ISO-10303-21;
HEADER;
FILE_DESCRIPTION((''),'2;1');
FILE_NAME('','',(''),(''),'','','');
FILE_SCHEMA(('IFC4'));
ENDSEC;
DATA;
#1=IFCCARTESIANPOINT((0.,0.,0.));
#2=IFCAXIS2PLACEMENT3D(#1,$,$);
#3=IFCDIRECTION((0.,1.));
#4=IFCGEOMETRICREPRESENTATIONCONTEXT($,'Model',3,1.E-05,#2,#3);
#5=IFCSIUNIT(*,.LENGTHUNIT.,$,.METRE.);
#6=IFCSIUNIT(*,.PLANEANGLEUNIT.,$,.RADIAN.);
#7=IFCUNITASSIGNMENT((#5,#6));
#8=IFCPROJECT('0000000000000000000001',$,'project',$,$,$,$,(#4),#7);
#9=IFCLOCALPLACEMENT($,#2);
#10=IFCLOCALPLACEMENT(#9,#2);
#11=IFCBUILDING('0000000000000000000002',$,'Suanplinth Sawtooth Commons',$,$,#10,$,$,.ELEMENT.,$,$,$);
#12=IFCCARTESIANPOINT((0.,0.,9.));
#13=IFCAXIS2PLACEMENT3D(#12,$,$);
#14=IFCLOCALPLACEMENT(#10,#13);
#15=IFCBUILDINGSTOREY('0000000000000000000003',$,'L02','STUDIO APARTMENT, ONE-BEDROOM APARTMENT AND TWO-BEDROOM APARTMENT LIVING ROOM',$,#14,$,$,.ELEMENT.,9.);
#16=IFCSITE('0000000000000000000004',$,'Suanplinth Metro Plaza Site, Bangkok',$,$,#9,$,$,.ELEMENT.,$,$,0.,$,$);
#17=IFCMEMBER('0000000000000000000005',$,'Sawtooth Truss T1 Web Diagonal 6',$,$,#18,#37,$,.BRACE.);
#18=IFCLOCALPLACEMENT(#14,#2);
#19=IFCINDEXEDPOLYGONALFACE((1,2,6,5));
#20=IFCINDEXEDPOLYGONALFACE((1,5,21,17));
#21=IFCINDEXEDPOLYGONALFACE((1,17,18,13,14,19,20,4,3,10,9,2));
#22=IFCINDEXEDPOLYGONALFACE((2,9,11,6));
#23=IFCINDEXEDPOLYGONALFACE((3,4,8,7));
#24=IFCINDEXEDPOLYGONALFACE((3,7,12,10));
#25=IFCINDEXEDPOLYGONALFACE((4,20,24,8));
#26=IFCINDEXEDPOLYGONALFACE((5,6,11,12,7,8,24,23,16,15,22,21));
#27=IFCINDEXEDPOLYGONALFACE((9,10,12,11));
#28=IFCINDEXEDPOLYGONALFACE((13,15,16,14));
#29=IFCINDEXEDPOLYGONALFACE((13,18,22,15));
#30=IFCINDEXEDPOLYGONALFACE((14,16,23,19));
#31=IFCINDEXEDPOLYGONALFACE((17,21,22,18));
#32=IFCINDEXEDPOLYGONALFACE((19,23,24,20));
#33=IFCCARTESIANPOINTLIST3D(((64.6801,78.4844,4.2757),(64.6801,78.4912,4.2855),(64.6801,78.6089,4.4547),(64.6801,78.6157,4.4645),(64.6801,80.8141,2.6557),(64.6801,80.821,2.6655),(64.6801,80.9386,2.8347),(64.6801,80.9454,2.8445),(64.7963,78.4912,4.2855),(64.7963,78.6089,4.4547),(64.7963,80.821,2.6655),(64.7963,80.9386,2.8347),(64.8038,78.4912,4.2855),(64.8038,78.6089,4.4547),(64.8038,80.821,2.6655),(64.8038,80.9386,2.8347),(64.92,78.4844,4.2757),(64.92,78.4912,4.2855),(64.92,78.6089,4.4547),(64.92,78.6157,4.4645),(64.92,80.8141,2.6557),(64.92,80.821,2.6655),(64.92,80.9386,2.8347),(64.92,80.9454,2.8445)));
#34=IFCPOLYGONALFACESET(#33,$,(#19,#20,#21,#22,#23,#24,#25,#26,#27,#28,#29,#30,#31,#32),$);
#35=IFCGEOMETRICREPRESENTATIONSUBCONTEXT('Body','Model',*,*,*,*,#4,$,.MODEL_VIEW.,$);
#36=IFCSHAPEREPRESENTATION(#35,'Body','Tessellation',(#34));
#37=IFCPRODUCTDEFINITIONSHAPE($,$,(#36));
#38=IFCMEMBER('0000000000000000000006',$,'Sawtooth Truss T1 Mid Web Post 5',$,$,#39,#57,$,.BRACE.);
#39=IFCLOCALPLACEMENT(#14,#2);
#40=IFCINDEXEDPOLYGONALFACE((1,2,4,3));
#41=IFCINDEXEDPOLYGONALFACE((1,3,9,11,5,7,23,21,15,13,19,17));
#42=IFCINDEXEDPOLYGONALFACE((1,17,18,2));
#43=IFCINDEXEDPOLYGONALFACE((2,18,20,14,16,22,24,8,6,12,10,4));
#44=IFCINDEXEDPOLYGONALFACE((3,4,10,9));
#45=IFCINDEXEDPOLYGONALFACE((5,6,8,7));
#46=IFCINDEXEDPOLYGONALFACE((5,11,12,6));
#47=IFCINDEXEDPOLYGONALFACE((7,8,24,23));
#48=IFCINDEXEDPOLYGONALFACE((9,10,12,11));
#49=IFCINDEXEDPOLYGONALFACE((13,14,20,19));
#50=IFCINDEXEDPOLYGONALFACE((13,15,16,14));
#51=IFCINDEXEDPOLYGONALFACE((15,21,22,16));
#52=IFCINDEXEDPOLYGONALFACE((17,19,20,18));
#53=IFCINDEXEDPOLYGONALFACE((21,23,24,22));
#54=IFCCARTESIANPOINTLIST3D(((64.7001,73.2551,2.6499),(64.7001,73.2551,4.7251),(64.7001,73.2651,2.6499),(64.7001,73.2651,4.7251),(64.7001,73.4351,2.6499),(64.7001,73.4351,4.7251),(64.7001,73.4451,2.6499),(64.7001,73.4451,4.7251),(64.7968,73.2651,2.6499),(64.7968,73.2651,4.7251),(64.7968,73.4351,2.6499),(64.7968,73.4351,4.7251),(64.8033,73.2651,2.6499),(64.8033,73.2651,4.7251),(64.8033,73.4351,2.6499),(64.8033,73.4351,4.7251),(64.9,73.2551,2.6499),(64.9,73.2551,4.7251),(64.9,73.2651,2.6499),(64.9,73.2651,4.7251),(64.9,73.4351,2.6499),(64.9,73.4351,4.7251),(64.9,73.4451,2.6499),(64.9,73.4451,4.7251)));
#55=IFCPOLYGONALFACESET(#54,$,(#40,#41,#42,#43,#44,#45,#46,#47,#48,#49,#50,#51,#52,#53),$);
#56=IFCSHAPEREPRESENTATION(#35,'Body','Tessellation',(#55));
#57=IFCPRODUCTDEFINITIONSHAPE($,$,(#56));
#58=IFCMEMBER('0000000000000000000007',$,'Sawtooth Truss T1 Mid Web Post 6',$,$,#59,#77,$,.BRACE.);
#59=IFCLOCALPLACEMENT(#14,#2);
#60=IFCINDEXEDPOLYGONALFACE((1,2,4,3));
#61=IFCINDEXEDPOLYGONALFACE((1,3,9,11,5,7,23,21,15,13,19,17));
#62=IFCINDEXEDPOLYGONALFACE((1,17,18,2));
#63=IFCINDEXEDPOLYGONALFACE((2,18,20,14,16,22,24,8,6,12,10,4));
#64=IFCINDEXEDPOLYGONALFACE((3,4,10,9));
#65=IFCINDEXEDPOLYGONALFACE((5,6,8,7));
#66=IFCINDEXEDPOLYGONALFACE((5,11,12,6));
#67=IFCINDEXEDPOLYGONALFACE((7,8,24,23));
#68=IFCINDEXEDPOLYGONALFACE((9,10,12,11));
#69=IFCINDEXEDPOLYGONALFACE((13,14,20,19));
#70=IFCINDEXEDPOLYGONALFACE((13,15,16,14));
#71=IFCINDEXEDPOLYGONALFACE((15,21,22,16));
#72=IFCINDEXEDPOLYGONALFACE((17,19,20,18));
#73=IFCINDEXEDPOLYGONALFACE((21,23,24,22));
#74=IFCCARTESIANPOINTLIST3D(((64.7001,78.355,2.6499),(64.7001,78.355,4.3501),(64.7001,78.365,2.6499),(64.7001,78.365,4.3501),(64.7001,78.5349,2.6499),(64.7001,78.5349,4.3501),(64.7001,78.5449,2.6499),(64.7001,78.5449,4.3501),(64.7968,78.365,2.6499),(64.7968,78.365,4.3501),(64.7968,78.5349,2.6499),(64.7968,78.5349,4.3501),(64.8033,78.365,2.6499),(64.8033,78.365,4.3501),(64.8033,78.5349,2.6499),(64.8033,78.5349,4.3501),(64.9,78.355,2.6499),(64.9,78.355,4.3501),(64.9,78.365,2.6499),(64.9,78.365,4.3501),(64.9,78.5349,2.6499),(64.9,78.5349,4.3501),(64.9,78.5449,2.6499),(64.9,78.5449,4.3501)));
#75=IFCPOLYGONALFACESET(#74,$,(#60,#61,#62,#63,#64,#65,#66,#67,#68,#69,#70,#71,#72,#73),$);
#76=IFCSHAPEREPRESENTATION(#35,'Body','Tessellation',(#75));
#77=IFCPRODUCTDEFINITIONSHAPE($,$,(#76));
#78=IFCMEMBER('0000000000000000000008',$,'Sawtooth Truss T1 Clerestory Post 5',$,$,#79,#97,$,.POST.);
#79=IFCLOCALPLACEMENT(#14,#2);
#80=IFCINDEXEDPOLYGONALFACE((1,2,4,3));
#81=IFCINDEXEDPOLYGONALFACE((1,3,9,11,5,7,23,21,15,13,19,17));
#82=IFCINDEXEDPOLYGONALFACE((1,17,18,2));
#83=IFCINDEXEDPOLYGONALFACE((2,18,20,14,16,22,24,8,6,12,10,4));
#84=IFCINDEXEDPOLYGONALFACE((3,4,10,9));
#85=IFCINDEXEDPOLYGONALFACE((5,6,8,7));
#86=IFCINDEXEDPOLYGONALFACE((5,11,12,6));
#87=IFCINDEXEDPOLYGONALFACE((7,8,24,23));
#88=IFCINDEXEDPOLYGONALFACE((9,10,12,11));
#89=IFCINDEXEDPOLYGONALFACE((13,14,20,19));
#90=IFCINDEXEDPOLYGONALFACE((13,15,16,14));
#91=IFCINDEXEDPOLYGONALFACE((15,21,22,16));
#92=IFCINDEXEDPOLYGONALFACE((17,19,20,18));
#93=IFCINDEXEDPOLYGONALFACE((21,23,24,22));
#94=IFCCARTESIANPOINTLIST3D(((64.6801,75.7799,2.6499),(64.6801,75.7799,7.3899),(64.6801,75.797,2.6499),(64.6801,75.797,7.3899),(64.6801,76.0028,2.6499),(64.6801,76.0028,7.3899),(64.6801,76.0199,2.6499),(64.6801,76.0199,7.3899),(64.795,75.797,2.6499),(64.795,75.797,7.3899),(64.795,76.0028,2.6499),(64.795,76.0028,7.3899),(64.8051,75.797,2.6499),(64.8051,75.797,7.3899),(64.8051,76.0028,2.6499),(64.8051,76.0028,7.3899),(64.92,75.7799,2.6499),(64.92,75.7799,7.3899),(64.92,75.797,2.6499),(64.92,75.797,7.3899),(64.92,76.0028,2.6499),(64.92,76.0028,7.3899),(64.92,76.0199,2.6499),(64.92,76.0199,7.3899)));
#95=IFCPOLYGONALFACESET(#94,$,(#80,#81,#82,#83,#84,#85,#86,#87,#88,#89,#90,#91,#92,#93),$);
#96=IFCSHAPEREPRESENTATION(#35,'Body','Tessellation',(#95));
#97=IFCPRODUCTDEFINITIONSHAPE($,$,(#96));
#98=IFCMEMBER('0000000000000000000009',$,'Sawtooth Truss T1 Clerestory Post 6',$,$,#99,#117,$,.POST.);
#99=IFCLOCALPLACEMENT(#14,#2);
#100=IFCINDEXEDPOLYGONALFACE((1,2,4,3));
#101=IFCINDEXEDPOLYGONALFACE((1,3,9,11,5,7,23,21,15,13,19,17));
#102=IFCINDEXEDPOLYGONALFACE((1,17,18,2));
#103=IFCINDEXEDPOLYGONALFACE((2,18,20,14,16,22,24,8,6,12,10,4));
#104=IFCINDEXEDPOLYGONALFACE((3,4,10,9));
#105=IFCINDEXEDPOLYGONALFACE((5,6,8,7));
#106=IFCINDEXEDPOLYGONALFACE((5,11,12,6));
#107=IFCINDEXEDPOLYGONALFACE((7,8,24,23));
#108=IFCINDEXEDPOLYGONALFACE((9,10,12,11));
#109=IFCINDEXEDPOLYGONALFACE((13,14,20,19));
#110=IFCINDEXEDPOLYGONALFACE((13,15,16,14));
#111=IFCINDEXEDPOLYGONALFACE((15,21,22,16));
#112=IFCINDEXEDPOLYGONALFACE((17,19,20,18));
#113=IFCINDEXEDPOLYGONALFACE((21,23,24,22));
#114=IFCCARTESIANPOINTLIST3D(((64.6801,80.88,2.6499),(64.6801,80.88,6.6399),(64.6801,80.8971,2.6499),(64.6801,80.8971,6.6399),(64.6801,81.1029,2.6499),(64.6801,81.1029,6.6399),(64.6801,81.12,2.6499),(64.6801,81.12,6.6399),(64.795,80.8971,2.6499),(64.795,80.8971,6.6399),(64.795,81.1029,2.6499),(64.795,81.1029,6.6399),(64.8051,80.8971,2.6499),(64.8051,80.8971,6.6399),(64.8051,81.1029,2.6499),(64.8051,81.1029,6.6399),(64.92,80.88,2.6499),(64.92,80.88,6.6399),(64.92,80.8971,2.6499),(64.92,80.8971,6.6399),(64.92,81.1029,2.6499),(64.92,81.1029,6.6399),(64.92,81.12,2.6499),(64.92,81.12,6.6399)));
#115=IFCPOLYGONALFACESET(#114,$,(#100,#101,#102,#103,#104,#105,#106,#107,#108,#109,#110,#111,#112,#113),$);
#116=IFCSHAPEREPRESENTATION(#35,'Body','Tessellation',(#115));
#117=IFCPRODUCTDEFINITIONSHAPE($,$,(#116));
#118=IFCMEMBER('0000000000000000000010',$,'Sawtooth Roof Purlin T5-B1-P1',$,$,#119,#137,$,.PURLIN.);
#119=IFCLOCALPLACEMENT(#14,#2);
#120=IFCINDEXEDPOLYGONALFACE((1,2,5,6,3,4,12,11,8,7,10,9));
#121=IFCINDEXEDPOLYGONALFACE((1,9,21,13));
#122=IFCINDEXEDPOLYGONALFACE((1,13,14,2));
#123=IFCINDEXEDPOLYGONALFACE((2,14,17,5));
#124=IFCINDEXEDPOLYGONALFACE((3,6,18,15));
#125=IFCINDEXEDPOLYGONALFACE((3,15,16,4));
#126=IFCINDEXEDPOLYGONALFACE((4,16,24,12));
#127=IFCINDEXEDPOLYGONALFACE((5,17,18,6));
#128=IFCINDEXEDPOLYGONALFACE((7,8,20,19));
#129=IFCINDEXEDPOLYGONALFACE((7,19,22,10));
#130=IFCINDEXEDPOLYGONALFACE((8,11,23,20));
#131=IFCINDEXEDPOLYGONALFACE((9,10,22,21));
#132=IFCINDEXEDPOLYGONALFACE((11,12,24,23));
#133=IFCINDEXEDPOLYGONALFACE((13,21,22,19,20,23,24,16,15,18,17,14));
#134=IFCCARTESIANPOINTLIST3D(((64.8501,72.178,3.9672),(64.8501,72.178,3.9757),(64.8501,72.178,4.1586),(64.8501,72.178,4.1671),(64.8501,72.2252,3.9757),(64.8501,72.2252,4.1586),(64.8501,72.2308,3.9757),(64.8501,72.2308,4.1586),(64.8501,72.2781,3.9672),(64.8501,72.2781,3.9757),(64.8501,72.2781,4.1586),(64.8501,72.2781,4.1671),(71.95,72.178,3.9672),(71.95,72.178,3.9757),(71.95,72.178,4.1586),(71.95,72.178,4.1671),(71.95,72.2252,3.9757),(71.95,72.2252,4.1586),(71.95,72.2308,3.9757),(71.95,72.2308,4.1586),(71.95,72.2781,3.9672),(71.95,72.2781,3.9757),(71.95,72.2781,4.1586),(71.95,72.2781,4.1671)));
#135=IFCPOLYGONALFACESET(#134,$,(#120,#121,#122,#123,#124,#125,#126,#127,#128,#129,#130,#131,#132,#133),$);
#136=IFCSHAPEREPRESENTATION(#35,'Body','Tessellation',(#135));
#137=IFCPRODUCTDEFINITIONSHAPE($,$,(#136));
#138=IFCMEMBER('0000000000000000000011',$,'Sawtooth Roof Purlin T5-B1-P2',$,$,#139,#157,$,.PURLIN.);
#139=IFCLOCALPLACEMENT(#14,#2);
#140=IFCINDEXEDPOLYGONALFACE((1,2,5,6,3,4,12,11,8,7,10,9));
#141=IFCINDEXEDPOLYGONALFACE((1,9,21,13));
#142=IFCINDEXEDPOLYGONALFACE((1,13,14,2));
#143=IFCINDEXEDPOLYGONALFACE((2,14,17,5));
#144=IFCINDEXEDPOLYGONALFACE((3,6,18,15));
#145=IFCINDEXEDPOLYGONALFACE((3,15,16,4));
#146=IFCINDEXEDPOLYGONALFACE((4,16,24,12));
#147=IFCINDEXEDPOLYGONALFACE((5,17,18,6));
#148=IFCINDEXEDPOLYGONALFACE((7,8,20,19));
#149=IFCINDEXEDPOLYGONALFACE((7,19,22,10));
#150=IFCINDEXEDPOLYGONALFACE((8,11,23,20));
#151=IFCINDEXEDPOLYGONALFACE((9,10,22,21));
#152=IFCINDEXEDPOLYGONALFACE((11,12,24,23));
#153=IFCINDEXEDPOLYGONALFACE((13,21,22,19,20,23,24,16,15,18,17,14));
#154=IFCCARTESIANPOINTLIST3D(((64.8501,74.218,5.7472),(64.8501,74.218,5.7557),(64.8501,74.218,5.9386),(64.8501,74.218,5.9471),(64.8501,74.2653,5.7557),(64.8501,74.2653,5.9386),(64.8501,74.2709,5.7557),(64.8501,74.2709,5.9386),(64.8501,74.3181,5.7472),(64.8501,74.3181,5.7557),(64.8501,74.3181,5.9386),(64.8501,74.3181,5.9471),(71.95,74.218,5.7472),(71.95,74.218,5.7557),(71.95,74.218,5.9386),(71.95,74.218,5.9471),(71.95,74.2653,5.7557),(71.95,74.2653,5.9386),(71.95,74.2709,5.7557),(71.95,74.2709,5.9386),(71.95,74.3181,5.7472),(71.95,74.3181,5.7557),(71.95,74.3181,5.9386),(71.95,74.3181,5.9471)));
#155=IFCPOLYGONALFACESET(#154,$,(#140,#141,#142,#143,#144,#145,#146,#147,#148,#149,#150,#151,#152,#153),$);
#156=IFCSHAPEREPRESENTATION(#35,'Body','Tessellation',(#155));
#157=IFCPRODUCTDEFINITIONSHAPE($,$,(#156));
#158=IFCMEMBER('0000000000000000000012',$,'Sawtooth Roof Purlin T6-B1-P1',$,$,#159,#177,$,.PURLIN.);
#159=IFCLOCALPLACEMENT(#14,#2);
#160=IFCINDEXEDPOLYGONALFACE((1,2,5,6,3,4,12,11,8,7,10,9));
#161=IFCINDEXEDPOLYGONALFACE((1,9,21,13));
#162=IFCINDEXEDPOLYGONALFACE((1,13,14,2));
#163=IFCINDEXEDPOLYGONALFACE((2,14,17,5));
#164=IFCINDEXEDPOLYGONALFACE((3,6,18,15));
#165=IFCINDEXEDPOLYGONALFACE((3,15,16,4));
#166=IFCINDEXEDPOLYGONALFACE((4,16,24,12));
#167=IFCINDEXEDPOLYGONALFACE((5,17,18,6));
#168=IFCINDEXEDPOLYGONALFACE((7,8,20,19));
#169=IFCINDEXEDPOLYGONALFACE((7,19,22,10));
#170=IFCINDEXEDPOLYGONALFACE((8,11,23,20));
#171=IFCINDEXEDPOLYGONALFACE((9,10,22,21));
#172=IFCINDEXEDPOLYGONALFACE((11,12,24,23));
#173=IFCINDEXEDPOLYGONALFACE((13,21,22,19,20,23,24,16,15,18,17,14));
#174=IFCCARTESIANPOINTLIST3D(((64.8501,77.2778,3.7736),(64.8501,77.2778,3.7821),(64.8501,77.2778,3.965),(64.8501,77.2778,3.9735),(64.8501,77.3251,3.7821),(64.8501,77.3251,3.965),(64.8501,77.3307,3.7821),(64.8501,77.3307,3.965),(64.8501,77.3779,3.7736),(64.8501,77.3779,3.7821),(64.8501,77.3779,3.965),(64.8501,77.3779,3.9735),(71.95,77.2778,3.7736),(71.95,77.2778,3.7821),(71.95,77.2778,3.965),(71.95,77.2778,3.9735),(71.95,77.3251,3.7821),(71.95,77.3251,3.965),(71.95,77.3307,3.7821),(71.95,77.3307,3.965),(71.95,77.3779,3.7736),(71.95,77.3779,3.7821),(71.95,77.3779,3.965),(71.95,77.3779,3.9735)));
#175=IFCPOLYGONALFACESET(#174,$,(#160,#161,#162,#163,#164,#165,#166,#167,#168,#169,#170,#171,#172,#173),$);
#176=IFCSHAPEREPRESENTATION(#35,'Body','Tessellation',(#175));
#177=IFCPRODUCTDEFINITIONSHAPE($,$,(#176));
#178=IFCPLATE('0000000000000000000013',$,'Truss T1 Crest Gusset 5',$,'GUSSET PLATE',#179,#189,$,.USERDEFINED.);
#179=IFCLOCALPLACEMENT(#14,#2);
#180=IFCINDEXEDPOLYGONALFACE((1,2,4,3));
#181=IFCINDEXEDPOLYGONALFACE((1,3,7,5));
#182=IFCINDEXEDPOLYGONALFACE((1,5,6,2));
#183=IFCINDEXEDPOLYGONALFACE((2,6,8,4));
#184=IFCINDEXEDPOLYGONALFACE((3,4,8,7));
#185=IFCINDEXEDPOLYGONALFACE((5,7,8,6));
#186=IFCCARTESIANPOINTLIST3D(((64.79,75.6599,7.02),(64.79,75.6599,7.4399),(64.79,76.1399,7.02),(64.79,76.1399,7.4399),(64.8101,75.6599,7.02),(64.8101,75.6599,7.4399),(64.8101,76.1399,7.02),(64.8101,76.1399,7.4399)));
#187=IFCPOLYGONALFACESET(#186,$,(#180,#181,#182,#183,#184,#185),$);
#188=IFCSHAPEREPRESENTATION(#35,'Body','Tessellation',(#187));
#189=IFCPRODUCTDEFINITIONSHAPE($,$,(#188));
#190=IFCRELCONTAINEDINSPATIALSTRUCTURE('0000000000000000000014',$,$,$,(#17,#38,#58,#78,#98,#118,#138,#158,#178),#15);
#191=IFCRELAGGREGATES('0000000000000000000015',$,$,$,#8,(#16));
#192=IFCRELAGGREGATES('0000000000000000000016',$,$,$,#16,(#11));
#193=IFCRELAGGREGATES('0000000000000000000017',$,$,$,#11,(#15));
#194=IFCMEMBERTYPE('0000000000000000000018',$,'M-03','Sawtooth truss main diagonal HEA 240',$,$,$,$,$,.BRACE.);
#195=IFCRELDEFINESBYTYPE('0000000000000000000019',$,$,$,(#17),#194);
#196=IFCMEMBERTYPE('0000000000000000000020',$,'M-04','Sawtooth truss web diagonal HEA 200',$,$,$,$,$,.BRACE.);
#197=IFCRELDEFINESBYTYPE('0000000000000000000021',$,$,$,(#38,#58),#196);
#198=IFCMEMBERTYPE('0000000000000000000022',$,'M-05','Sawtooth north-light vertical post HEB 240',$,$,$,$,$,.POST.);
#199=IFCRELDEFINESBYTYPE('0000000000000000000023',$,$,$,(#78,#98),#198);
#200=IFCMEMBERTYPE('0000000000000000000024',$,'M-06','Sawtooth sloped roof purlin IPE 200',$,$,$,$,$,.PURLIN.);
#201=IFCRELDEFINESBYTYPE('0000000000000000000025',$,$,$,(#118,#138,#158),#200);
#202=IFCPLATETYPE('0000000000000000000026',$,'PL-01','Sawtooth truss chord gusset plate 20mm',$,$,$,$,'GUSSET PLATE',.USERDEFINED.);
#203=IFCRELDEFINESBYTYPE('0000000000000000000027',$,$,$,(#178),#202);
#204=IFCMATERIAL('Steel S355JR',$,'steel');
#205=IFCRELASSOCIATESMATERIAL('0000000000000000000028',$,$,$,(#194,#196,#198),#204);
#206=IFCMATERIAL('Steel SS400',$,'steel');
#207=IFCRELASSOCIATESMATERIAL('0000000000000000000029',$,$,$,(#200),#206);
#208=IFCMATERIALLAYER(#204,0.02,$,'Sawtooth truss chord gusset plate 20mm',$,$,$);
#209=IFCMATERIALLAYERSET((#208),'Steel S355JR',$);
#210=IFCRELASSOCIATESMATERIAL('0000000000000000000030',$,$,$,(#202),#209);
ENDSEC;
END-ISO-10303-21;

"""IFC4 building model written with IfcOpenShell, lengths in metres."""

from ifc_helpers import new_model, si_unit, direction, frame, origin, origin_2d, place, context, subcontext, project, spatial, rectangle, i_section, extrude, material, layer, layer_set, material_profile, profile_set, type_object, element, save


model = new_model("IFC4")

# Units and contexts
model_context = context("Model", 3, precision=1e-05, world=origin(), true_north=direction((0.0, 1.0)))
body_context = subcontext(model_context, "Body", "Model", "MODEL_VIEW")
ifc_project = project(units=[si_unit("LENGTHUNIT", "METRE"), si_unit("PLANEANGLEUNIT", "RADIAN")], contexts=[model_context])

# Site, building, storey
site_placement = place(None, origin())
site = spatial("IfcSite", under=ifc_project, at=site_placement, Name="Suanplinth Metro Plaza Site, Bangkok", CompositionType="ELEMENT", RefElevation=0.0)
building_placement = place(site_placement, origin())
building = spatial("IfcBuilding", under=site, at=building_placement, Name="Suanplinth Sawtooth Commons", CompositionType="ELEMENT")
storey_placement = place(building_placement, frame((0.0, 0.0, 9.0)))
storey = spatial("IfcBuildingStorey", under=building, at=storey_placement, Name="L02", Description="STUDIO APARTMENT, ONE-BEDROOM APARTMENT AND TWO-BEDROOM APARTMENT LIVING ROOM", CompositionType="ELEMENT", Elevation=9.0)

# Shared definitions
ifc_material_1 = material(Name="Steel S355JR", Category="steel")

# Members
ifc_material_profile_1 = material_profile(ifc_material_1, i_section(OverallWidth=0.24, OverallDepth=0.23, WebThickness=0.0076, FlangeThickness=0.012, at=origin_2d()), Name="HEA 240")
ifc_profile_set_1 = profile_set([ifc_material_profile_1], Name="Steel S355JR")
member_type_1 = type_object("IfcMemberType", Name="M-03", Description="Sawtooth truss main diagonal HEA 240", PredefinedType="BRACE", material=ifc_profile_set_1)
member_1_placement = place(storey_placement, frame((64.8, 78.55, 4.3701), z_axis=(0.0, 0.82101, -0.570913), x_axis=(-1.0, 0.0, 0.0)))
element("IfcMember", 1, at=member_1_placement, inside=storey, type_object=member_type_1, Name="Sawtooth Truss T1 Web Diagonal 6", PredefinedType="BRACE", context=body_context, shape_type="SweptSolid", body=[
    extrude(i_section(OverallWidth=0.24, OverallDepth=0.23, WebThickness=0.0076, FlangeThickness=0.012, at=origin_2d()), origin(), (0.0, 0.0, 1.0), 2.8376),
])
ifc_material_profile_2 = material_profile(ifc_material_1, i_section(OverallWidth=0.2, OverallDepth=0.1899, WebThickness=0.0066, FlangeThickness=0.01, at=origin_2d()), Name="HEA 200")
ifc_profile_set_2 = profile_set([ifc_material_profile_2], Name="Steel S355JR")
member_type_2 = type_object("IfcMemberType", Name="M-04", Description="Sawtooth truss web diagonal HEA 200", PredefinedType="BRACE", material=ifc_profile_set_2)
member_2_placement = place(storey_placement, frame((64.8, 73.3501, 2.6499), z_axis=(0.0, 0.0, 1.0), x_axis=(1.0, 0.0, 0.0)))
element("IfcMember", 2, at=member_2_placement, inside=storey, type_object=member_type_2, Name="Sawtooth Truss T1 Mid Web Post 5", PredefinedType="BRACE", context=body_context, shape_type="SweptSolid", body=[
    extrude(i_section(OverallWidth=0.2, OverallDepth=0.1899, WebThickness=0.0066, FlangeThickness=0.01, at=origin_2d()), origin(), (0.0, 0.0, 1.0), 2.0752),
])
member_3_placement = place(storey_placement, frame((64.8, 78.45, 2.6499), z_axis=(0.0, 0.0, 1.0), x_axis=(1.0, 0.0, 0.0)))
element("IfcMember", 3, at=member_3_placement, inside=storey, type_object=member_type_2, Name="Sawtooth Truss T1 Mid Web Post 6", PredefinedType="BRACE", context=body_context, shape_type="SweptSolid", body=[
    extrude(i_section(OverallWidth=0.2, OverallDepth=0.1899, WebThickness=0.0066, FlangeThickness=0.01, at=origin_2d()), origin(), (0.0, 0.0, 1.0), 1.7002),
])
ifc_material_profile_3 = material_profile(ifc_material_1, i_section(OverallWidth=0.24, OverallDepth=0.24, WebThickness=0.01, FlangeThickness=0.0171, at=origin_2d()), Name="HEB 240")
ifc_profile_set_3 = profile_set([ifc_material_profile_3], Name="Steel S355JR")
member_type_3 = type_object("IfcMemberType", Name="M-05", Description="Sawtooth north-light vertical post HEB 240", PredefinedType="POST", material=ifc_profile_set_3)
member_4_placement = place(storey_placement, frame((64.8, 75.8999, 2.6499), z_axis=(0.0, 0.0, 1.0), x_axis=(1.0, 0.0, 0.0)))
element("IfcMember", 4, at=member_4_placement, inside=storey, type_object=member_type_3, Name="Sawtooth Truss T1 Clerestory Post 5", PredefinedType="POST", context=body_context, shape_type="SweptSolid", body=[
    extrude(i_section(OverallWidth=0.24, OverallDepth=0.24, WebThickness=0.01, FlangeThickness=0.0171, at=origin_2d()), origin(), (0.0, 0.0, 1.0), 4.74),
])
member_5_placement = place(storey_placement, frame((64.8, 81.0, 2.6499), z_axis=(0.0, 0.0, 1.0), x_axis=(1.0, 0.0, 0.0)))
element("IfcMember", 5, at=member_5_placement, inside=storey, type_object=member_type_3, Name="Sawtooth Truss T1 Clerestory Post 6", PredefinedType="POST", context=body_context, shape_type="SweptSolid", body=[
    extrude(i_section(OverallWidth=0.24, OverallDepth=0.24, WebThickness=0.01, FlangeThickness=0.0171, at=origin_2d()), origin(), (0.0, 0.0, 1.0), 3.99),
])
ifc_material_2 = material(Name="Steel SS400", Category="steel")
ifc_material_profile_4 = material_profile(ifc_material_2, i_section(OverallWidth=0.1001, OverallDepth=0.2, WebThickness=0.0056, FlangeThickness=0.0085, at=origin_2d()), Name="IPE 200")
ifc_profile_set_4 = profile_set([ifc_material_profile_4], Name="Steel SS400")
member_type_4 = type_object("IfcMemberType", Name="M-06", Description="Sawtooth sloped roof purlin IPE 200", PredefinedType="PURLIN", material=ifc_profile_set_4)
for number, where, z_axis, x_axis, name in (
    (6, (64.8501, 72.228, 4.0671), (1.0, 0.0, 0.0), (0.0, 1.0, 0.0), "Sawtooth Roof Purlin T5-B1-P1"),
    (7, (64.8501, 74.2681, 5.8472), (1.0, 0.0, 0.0), (0.0, 1.0, 0.0), "Sawtooth Roof Purlin T5-B1-P2"),
    (8, (64.8501, 77.3279, 3.8735), (1.0, 0.0, 0.0), (0.0, 1.0, 0.0), "Sawtooth Roof Purlin T6-B1-P1"),
):
    element("IfcMember", number, at=place(storey_placement, frame(where, z_axis=z_axis, x_axis=x_axis)), inside=storey, type_object=member_type_4, Name=name, PredefinedType="PURLIN", context=body_context, shape_type="SweptSolid", body=[
        extrude(i_section(OverallWidth=0.1001, OverallDepth=0.2, WebThickness=0.0056, FlangeThickness=0.0085, at=origin_2d()), origin(), (0.0, 0.0, 1.0), 7.0999),
    ])

# Plate
ifc_layer_1 = layer(ifc_material_1, 0.02, Name="Sawtooth truss chord gusset plate 20mm")
ifc_layer_set_1 = layer_set([ifc_layer_1], Name="Steel S355JR")
plate_type = type_object("IfcPlateType", Name="PL-01", Description="Sawtooth truss chord gusset plate 20mm", ElementType="GUSSET PLATE", PredefinedType="USERDEFINED", material=ifc_layer_set_1)
for number, where, z_axis, x_axis, name in (
    (9, (64.8, 75.8999, 7.02), (0.0, 0.0, 1.0), (1.0, 0.0, 0.0), "Truss T1 Crest Gusset 5"),
):
    element("IfcPlate", number, at=place(storey_placement, frame(where, z_axis=z_axis, x_axis=x_axis)), inside=storey, type_object=plate_type, Name=name, ObjectType="GUSSET PLATE", PredefinedType="USERDEFINED", context=body_context, shape_type="SweptSolid", body=[
        extrude(rectangle(XDim=0.02, YDim=0.48, at=origin_2d()), origin(), (0.0, 0.0, 1.0), 0.4199),
    ])

save(model, "model.ifc")
